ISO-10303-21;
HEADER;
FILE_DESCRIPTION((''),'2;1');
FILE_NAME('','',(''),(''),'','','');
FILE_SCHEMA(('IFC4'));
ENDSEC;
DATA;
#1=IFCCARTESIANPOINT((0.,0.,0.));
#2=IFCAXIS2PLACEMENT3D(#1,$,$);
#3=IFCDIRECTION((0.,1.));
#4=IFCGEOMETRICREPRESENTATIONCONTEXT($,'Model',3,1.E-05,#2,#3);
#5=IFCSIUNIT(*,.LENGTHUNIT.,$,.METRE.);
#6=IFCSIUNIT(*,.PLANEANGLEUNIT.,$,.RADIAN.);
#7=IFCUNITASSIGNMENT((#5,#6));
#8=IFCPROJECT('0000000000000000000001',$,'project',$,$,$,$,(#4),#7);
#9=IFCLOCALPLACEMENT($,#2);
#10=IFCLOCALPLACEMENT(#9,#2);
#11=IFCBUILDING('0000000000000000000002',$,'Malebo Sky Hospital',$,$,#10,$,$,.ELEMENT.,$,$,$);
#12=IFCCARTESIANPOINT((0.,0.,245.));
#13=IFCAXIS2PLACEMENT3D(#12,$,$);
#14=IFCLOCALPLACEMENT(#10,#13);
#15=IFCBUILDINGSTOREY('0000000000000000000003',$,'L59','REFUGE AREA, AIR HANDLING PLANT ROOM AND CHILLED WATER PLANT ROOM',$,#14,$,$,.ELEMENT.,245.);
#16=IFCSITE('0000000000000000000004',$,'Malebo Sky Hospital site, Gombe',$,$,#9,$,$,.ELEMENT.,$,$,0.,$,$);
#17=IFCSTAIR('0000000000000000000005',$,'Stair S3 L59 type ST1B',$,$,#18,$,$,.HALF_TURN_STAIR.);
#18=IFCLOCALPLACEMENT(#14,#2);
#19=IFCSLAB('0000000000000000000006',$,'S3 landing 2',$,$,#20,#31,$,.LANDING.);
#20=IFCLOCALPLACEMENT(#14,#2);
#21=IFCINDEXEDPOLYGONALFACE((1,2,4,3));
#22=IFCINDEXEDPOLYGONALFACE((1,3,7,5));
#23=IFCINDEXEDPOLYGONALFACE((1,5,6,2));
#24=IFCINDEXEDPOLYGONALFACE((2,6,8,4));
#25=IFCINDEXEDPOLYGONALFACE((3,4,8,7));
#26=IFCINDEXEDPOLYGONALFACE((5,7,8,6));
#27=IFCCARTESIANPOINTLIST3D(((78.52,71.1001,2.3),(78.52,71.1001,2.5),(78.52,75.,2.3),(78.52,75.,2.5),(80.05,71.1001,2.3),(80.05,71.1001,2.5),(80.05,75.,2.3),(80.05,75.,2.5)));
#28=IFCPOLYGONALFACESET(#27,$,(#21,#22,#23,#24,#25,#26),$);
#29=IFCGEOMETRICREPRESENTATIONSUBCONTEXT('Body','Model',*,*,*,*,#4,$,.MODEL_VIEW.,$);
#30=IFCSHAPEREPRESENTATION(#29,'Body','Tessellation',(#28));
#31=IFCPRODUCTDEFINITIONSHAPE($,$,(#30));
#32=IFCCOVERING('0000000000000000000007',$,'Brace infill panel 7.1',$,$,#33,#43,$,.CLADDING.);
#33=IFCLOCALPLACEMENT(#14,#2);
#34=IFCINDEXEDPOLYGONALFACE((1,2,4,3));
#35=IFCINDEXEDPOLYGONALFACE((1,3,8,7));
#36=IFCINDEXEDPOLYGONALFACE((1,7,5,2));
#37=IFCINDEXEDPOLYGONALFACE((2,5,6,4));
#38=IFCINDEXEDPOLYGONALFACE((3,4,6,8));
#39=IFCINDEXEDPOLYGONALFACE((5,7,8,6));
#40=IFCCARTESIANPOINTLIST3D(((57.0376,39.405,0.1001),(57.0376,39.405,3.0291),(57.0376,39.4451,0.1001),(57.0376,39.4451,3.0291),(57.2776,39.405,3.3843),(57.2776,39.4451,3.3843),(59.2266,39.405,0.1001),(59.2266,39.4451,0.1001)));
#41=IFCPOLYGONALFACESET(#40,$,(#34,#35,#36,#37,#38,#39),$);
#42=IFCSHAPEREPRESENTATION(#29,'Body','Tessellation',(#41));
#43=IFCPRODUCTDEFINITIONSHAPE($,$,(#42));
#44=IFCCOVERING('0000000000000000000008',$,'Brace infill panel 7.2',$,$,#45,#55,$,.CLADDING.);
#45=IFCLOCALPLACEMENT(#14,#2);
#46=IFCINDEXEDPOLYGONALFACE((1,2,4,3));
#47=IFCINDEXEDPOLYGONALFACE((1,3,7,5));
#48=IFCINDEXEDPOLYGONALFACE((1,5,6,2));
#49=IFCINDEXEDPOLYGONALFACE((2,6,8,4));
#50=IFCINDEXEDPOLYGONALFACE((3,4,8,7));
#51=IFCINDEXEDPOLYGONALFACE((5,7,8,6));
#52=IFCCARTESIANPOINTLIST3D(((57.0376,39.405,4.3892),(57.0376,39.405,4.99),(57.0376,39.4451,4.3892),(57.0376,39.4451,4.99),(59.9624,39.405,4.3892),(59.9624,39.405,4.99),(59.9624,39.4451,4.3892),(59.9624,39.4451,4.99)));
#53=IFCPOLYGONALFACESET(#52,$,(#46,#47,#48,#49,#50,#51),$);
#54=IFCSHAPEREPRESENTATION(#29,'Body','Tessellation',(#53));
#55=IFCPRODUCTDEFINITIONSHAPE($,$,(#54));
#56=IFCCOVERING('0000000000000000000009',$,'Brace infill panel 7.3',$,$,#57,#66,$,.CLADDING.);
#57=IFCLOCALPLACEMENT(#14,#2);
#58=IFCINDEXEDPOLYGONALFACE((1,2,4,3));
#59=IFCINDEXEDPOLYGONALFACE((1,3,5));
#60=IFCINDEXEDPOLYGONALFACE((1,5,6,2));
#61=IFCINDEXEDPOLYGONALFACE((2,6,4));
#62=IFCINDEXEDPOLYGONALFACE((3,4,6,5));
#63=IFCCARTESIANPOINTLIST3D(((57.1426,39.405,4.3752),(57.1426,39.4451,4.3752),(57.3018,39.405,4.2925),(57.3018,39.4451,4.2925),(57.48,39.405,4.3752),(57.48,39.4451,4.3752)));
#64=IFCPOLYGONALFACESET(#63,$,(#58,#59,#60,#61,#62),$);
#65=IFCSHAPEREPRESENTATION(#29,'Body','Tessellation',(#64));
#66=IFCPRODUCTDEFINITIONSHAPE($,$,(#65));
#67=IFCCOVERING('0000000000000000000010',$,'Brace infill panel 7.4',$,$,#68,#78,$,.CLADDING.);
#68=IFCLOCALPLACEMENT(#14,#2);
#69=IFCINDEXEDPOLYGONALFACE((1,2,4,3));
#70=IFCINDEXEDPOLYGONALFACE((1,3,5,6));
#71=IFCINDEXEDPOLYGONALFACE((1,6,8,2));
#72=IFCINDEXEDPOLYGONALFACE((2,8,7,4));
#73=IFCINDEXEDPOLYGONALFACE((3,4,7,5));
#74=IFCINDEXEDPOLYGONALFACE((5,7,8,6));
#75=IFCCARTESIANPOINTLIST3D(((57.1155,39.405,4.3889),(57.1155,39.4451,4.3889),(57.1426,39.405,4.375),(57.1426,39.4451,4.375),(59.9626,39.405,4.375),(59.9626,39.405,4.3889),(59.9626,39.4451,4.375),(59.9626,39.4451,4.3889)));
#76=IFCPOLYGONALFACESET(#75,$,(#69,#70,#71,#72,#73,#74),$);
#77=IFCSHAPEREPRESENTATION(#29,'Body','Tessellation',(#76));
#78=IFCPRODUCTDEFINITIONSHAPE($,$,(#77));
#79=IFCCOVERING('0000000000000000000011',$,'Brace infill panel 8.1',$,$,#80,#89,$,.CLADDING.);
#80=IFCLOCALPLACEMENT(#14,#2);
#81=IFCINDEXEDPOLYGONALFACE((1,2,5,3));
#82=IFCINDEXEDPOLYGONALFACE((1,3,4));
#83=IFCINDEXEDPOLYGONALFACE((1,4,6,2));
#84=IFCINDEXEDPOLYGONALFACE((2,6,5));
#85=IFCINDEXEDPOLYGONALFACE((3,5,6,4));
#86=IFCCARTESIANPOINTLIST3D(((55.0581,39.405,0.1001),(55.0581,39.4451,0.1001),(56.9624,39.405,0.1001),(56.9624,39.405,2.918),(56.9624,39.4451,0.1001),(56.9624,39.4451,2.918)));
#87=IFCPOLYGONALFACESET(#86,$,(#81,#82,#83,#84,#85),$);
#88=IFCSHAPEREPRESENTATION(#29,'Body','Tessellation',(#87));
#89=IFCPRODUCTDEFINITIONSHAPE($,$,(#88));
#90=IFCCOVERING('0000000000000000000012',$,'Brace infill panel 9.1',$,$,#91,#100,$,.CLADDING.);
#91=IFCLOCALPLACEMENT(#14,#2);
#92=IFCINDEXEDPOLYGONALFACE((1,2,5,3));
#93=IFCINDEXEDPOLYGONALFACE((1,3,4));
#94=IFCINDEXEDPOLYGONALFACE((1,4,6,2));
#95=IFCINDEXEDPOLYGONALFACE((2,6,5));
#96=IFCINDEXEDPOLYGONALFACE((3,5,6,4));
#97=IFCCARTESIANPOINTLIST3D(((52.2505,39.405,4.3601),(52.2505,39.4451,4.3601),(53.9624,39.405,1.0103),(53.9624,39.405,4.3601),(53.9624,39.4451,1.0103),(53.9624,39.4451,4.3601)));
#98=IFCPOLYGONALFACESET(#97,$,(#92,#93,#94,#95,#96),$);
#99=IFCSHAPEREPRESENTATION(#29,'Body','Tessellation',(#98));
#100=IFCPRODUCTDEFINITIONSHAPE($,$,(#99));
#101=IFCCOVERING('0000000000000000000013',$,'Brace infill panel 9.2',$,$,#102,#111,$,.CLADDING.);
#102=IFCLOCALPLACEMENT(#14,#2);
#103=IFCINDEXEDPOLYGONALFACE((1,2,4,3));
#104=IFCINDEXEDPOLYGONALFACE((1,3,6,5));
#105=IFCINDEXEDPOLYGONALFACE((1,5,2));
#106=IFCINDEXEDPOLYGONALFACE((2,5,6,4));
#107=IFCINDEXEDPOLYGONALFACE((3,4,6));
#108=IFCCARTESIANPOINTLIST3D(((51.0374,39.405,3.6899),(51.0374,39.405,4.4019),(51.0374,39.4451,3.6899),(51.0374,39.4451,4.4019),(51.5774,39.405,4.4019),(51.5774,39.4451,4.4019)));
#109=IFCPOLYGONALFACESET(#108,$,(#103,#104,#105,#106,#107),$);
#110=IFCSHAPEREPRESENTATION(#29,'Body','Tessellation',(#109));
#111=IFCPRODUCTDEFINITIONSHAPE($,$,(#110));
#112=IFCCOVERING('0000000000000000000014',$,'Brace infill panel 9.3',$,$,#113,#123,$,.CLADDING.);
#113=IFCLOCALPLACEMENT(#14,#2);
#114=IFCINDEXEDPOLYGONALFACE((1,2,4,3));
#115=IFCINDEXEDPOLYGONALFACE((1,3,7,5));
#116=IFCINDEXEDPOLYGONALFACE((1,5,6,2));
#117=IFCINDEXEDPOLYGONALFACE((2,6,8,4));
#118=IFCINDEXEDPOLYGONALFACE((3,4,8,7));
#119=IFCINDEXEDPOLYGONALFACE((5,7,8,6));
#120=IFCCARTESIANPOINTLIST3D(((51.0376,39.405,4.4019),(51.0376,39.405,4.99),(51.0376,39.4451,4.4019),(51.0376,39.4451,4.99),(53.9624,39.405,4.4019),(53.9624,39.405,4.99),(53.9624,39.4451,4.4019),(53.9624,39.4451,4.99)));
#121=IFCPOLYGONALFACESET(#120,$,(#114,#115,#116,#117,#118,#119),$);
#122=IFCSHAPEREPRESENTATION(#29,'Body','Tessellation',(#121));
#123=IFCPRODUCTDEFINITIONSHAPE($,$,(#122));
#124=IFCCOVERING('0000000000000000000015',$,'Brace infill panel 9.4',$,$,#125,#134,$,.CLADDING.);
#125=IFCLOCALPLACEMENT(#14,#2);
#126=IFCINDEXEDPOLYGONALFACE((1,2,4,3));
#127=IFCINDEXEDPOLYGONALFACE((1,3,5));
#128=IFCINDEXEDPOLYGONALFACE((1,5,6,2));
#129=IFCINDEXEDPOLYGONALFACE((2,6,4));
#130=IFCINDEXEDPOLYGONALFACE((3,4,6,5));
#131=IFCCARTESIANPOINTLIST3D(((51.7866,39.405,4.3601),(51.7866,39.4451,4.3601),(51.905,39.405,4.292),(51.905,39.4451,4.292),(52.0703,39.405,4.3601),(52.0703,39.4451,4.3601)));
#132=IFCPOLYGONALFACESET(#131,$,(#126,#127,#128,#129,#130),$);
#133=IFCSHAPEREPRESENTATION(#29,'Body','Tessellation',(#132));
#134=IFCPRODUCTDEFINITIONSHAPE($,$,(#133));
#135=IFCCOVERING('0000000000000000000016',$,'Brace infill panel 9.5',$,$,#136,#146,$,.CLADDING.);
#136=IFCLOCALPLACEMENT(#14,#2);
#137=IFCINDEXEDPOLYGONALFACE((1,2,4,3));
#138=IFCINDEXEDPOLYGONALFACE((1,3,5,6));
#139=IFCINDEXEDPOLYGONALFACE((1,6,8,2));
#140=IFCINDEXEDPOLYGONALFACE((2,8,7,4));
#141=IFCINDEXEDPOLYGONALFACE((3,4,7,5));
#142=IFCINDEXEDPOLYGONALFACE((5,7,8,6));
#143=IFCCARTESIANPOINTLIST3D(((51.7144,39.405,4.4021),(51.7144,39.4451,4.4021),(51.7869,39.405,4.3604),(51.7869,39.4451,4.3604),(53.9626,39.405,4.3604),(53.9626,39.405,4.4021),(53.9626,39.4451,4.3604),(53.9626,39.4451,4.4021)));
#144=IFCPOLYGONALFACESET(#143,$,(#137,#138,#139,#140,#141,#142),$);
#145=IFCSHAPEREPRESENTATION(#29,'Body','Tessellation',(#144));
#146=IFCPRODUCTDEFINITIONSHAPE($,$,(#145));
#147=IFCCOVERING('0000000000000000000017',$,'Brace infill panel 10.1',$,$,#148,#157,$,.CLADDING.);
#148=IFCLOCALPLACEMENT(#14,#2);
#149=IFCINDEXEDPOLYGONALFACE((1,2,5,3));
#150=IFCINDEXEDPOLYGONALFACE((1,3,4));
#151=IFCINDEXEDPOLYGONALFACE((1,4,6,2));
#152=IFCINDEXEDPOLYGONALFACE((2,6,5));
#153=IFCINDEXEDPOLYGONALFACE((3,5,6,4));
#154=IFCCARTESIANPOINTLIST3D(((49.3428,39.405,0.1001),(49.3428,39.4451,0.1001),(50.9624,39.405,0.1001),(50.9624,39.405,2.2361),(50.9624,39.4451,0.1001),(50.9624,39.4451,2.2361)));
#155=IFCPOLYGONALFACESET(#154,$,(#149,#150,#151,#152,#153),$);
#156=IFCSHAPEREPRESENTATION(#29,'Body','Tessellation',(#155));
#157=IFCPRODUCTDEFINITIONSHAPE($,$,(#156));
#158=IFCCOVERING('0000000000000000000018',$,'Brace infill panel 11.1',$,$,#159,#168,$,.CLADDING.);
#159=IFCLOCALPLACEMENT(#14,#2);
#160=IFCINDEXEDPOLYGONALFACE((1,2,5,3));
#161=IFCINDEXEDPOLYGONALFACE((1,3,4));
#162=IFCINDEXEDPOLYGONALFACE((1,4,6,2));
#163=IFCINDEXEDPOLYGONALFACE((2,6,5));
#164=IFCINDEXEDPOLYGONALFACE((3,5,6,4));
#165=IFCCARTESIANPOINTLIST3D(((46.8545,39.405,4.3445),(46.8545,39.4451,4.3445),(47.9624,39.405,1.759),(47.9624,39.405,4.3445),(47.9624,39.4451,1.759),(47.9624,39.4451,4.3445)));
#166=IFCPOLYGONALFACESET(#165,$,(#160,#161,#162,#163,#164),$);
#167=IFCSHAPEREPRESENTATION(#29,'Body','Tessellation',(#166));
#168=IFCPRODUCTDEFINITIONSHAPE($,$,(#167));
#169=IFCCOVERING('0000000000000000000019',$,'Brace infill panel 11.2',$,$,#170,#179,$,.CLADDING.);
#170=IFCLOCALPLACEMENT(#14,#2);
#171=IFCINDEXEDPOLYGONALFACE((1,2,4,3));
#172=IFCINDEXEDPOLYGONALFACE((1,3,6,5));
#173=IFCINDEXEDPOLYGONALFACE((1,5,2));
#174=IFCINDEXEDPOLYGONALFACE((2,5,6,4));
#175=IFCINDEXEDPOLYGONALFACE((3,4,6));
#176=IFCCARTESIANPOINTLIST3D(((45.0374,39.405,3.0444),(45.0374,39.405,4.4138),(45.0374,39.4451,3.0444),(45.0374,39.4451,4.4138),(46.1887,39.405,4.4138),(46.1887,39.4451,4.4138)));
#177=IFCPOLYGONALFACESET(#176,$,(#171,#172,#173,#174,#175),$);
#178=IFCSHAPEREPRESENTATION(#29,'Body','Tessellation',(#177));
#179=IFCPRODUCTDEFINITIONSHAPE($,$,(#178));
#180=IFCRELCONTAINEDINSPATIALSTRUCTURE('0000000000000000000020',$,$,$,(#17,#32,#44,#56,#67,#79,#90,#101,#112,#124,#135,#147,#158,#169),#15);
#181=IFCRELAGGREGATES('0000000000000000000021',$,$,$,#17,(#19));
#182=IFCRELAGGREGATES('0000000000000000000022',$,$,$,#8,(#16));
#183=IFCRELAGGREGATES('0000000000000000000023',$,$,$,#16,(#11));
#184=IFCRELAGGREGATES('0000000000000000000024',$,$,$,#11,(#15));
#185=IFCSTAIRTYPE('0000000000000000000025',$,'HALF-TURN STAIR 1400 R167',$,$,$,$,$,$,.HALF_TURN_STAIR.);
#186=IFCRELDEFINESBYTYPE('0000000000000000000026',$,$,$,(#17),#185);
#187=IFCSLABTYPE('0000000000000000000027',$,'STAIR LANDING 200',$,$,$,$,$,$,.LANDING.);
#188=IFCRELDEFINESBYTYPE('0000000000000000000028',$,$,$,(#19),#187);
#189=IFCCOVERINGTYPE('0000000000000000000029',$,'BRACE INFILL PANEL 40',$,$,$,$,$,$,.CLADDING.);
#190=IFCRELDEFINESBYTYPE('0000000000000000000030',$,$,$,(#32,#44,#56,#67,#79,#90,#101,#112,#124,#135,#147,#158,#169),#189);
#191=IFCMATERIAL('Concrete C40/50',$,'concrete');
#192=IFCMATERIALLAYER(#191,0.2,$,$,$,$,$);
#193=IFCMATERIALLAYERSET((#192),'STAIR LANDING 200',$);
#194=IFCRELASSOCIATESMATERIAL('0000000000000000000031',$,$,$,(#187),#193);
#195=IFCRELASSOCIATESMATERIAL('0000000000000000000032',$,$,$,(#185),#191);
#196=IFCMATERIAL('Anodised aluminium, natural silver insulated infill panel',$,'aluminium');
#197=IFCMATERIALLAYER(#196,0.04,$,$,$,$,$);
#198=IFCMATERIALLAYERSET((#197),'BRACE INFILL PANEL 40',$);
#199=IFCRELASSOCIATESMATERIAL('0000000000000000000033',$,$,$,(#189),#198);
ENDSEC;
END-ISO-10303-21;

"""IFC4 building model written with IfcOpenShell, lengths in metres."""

from ifc_helpers import new_model, si_unit, direction, frame, origin, place, context, subcontext, project, spatial, polyline, outline, extrude, material, layer, layer_set, type_object, element, aggregate, save


model = new_model("IFC4")

# Units and contexts
model_context = context("Model", 3, precision=1e-05, world=origin(), true_north=direction((0.0, 1.0)))
body_context = subcontext(model_context, "Body", "Model", "MODEL_VIEW")
ifc_project = project(units=[si_unit("LENGTHUNIT", "METRE"), si_unit("PLANEANGLEUNIT", "RADIAN")], contexts=[model_context])

# Site, building, storey
site_placement = place(None, origin())
site = spatial("IfcSite", under=ifc_project, at=site_placement, Name="Malebo Sky Hospital site, Gombe", CompositionType="ELEMENT", RefElevation=0.0)
building_placement = place(site_placement, origin())
building = spatial("IfcBuilding", under=site, at=building_placement, Name="Malebo Sky Hospital", CompositionType="ELEMENT")
storey_placement = place(building_placement, frame((0.0, 0.0, 245.0)))
storey = spatial("IfcBuildingStorey", under=building, at=storey_placement, Name="L59", Description="REFUGE AREA, AIR HANDLING PLANT ROOM AND CHILLED WATER PLANT ROOM", CompositionType="ELEMENT", Elevation=245.0)

# Stair, slab
ifc_material_1 = material(Name="Concrete C40/50", Category="concrete")
ifc_layer_1 = layer(ifc_material_1, 0.2)
ifc_layer_set_1 = layer_set([ifc_layer_1], Name="STAIR LANDING 200")
slab_type = type_object("IfcSlabType", Name="STAIR LANDING 200", PredefinedType="LANDING", material=ifc_layer_set_1)
stair_type_1 = type_object("IfcStairType", Name="HALF-TURN STAIR 1400 R167", PredefinedType="HALF_TURN_STAIR", material=ifc_material_1)
stair_1_placement = place(storey_placement, origin())
stair_1 = element("IfcStair", 1, at=stair_1_placement, inside=storey, type_object=stair_type_1, Name="Stair S3 L59 type ST1B", PredefinedType="HALF_TURN_STAIR")
slab_1_placement = place(storey_placement, frame((0.0, 0.0, 2.3)))
slab_1 = element("IfcSlab", 2, at=slab_1_placement, type_object=slab_type, Name="S3 landing 2", PredefinedType="LANDING", context=body_context, shape_type="SweptSolid", body=[
    extrude(outline(polyline([(78.52, 71.1001), (78.52, 75.0), (80.05, 75.0), (80.05, 71.1001), (78.52, 71.1001)])), origin(), (0.0, 0.0, 1.0), 0.2),
])
aggregate(stair_1, [slab_1])

# Coverings
ifc_material_2 = material(Name="Anodised aluminium, natural silver insulated infill panel", Category="aluminium")
ifc_layer_2 = layer(ifc_material_2, 0.04)
ifc_layer_set_2 = layer_set([ifc_layer_2], Name="BRACE INFILL PANEL 40")
covering_type = type_object("IfcCoveringType", Name="BRACE INFILL PANEL 40", PredefinedType="CLADDING", material=ifc_layer_set_2)
covering_1_placement = place(storey_placement, frame((58.1321, 39.425, 0.1001), z_axis=(0.0, 0.0, 1.0), x_axis=(-1.0, 0.0, 0.0)))
element("IfcCovering", 3, at=covering_1_placement, inside=storey, type_object=covering_type, Name="Brace infill panel 7.1", PredefinedType="CLADDING", context=body_context, shape_type="SweptSolid", body=[
    extrude(outline(polyline([(-1.0945, 0.0), (1.0945, 0.0), (1.0945, 2.929), (0.8545, 3.2842), (-1.0945, 0.0)])), frame((0.0, 0.02, 0.0), z_axis=(0.0, -1.0, 0.0), x_axis=(1.0, 0.0, 0.0)), (0.0, 0.0, 1.0), 0.04),
])
covering_2_placement = place(storey_placement, frame((58.5, 39.425, 4.3892), z_axis=(0.0, 0.0, 1.0), x_axis=(-1.0, 0.0, 0.0)))
element("IfcCovering", 4, at=covering_2_placement, inside=storey, type_object=covering_type, Name="Brace infill panel 7.2", PredefinedType="CLADDING", context=body_context, shape_type="SweptSolid", body=[
    extrude(outline(polyline([(-1.4624, 0.0), (1.4624, 0.0), (1.4624, 0.6008), (-1.4624, 0.6008), (-1.4624, 0.0)])), frame((0.0, 0.02, 0.0), z_axis=(0.0, -1.0, 0.0), x_axis=(1.0, 0.0, 0.0)), (0.0, 0.0, 1.0), 0.04),
])
covering_3_placement = place(storey_placement, frame((57.3113, 39.425, 4.2925), z_axis=(0.0, 0.0, 1.0), x_axis=(-1.0, 0.0, 0.0)))
element("IfcCovering", 5, at=covering_3_placement, inside=storey, type_object=covering_type, Name="Brace infill panel 7.3", PredefinedType="CLADDING", context=body_context, shape_type="SweptSolid", body=[
    extrude(outline(polyline([(0.0095, 0.0), (0.1687, 0.0828), (-0.1687, 0.0828), (0.0095, 0.0)])), frame((0.0, 0.02, 0.0), z_axis=(0.0, -1.0, 0.0), x_axis=(1.0, 0.0, 0.0)), (0.0, 0.0, 1.0), 0.04),
])
covering_4_placement = place(storey_placement, frame((58.5391, 39.425, 4.375), z_axis=(0.0, 0.0, 1.0), x_axis=(-1.0, 0.0, 0.0)))
element("IfcCovering", 6, at=covering_4_placement, inside=storey, type_object=covering_type, Name="Brace infill panel 7.4", PredefinedType="CLADDING", context=body_context, shape_type="SweptSolid", body=[
    extrude(outline(polyline([(-1.4236, 0.0), (1.3965, 0.0), (1.4236, 0.0139), (-1.4236, 0.0139), (-1.4236, 0.0)])), frame((0.0, 0.02, 0.0), z_axis=(0.0, -1.0, 0.0), x_axis=(1.0, 0.0, 0.0)), (0.0, 0.0, 1.0), 0.04),
])
covering_5_placement = place(storey_placement, frame((56.0103, 39.425, 0.1001), z_axis=(0.0, 0.0, 1.0), x_axis=(-1.0, 0.0, 0.0)))
element("IfcCovering", 7, at=covering_5_placement, inside=storey, type_object=covering_type, Name="Brace infill panel 8.1", PredefinedType="CLADDING", context=body_context, shape_type="SweptSolid", body=[
    extrude(outline(polyline([(-0.9521, 0.0), (0.9521, 0.0), (-0.9521, 2.8179), (-0.9521, 0.0)])), frame((0.0, 0.02, 0.0), z_axis=(0.0, -1.0, 0.0), x_axis=(1.0, 0.0, 0.0)), (0.0, 0.0, 1.0), 0.04),
])
covering_6_placement = place(storey_placement, frame((53.1064, 39.425, 1.0103), z_axis=(0.0, 0.0, 1.0), x_axis=(-1.0, 0.0, 0.0)))
element("IfcCovering", 8, at=covering_6_placement, inside=storey, type_object=covering_type, Name="Brace infill panel 9.1", PredefinedType="CLADDING", context=body_context, shape_type="SweptSolid", body=[
    extrude(outline(polyline([(-0.856, 0.0), (0.856, 3.3499), (-0.856, 3.3499), (-0.856, 0.0)])), frame((0.0, 0.02, 0.0), z_axis=(0.0, -1.0, 0.0), x_axis=(1.0, 0.0, 0.0)), (0.0, 0.0, 1.0), 0.04),
])
covering_7_placement = place(storey_placement, frame((51.3074, 39.425, 3.6899), z_axis=(0.0, 0.0, 1.0), x_axis=(-1.0, 0.0, 0.0)))
element("IfcCovering", 9, at=covering_7_placement, inside=storey, type_object=covering_type, Name="Brace infill panel 9.2", PredefinedType="CLADDING", context=body_context, shape_type="SweptSolid", body=[
    extrude(outline(polyline([(0.27, 0.0), (0.27, 0.7119), (-0.27, 0.7119), (0.27, 0.0)])), frame((0.0, 0.02, 0.0), z_axis=(0.0, -1.0, 0.0), x_axis=(1.0, 0.0, 0.0)), (0.0, 0.0, 1.0), 0.04),
])
covering_8_placement = place(storey_placement, frame((52.5, 39.425, 4.4019), z_axis=(0.0, 0.0, 1.0), x_axis=(-1.0, 0.0, 0.0)))
element("IfcCovering", 10, at=covering_8_placement, inside=storey, type_object=covering_type, Name="Brace infill panel 9.3", PredefinedType="CLADDING", context=body_context, shape_type="SweptSolid", body=[
    extrude(outline(polyline([(-1.4624, 0.0), (1.4624, 0.0), (1.4624, 0.5881), (-1.4624, 0.5881), (-1.4624, 0.0)])), frame((0.0, 0.02, 0.0), z_axis=(0.0, -1.0, 0.0), x_axis=(1.0, 0.0, 0.0)), (0.0, 0.0, 1.0), 0.04),
])
covering_9_placement = place(storey_placement, frame((51.9285, 39.425, 4.292), z_axis=(0.0, 0.0, 1.0), x_axis=(-1.0, 0.0, 0.0)))
element("IfcCovering", 11, at=covering_9_placement, inside=storey, type_object=covering_type, Name="Brace infill panel 9.4", PredefinedType="CLADDING", context=body_context, shape_type="SweptSolid", body=[
    extrude(outline(polyline([(0.0234, 0.0), (0.1418, 0.0681), (-0.1418, 0.0681), (0.0234, 0.0)])), frame((0.0, 0.02, 0.0), z_axis=(0.0, -1.0, 0.0), x_axis=(1.0, 0.0, 0.0)), (0.0, 0.0, 1.0), 0.04),
])
covering_10_placement = place(storey_placement, frame((52.8384, 39.425, 4.3604), z_axis=(0.0, 0.0, 1.0), x_axis=(-1.0, 0.0, 0.0)))
element("IfcCovering", 12, at=covering_10_placement, inside=storey, type_object=covering_type, Name="Brace infill panel 9.5", PredefinedType="CLADDING", context=body_context, shape_type="SweptSolid", body=[
    extrude(outline(polyline([(-1.1243, 0.0), (1.0515, 0.0), (1.124, 0.0417), (-1.1243, 0.0417), (-1.1243, 0.0)])), frame((0.0, 0.02, 0.0), z_axis=(0.0, -1.0, 0.0), x_axis=(1.0, 0.0, 0.0)), (0.0, 0.0, 1.0), 0.04),
])
covering_11_placement = place(storey_placement, frame((50.1526, 39.425, 0.1001), z_axis=(0.0, 0.0, 1.0), x_axis=(-1.0, 0.0, 0.0)))
element("IfcCovering", 13, at=covering_11_placement, inside=storey, type_object=covering_type, Name="Brace infill panel 10.1", PredefinedType="CLADDING", context=body_context, shape_type="SweptSolid", body=[
    extrude(outline(polyline([(-0.8098, 0.0), (0.8098, 0.0), (-0.8098, 2.136), (-0.8098, 0.0)])), frame((0.0, 0.02, 0.0), z_axis=(0.0, -1.0, 0.0), x_axis=(1.0, 0.0, 0.0)), (0.0, 0.0, 1.0), 0.04),
])
covering_12_placement = place(storey_placement, frame((47.4084, 39.425, 1.759), z_axis=(0.0, 0.0, 1.0), x_axis=(-1.0, 0.0, 0.0)))
element("IfcCovering", 14, at=covering_12_placement, inside=storey, type_object=covering_type, Name="Brace infill panel 11.1", PredefinedType="CLADDING", context=body_context, shape_type="SweptSolid", body=[
    extrude(outline(polyline([(-0.554, 0.0), (0.554, 2.5854), (-0.554, 2.5854), (-0.554, 0.0)])), frame((0.0, 0.02, 0.0), z_axis=(0.0, -1.0, 0.0), x_axis=(1.0, 0.0, 0.0)), (0.0, 0.0, 1.0), 0.04),
])
covering_13_placement = place(storey_placement, frame((45.613, 39.425, 3.0444), z_axis=(0.0, 0.0, 1.0), x_axis=(-1.0, 0.0, 0.0)))
element("IfcCovering", 15, at=covering_13_placement, inside=storey, type_object=covering_type, Name="Brace infill panel 11.2", PredefinedType="CLADDING", context=body_context, shape_type="SweptSolid", body=[
    extrude(outline(polyline([(0.5757, 0.0), (0.5757, 1.3694), (-0.5757, 1.3694), (0.5757, 0.0)])), frame((0.0, 0.02, 0.0), z_axis=(0.0, -1.0, 0.0), x_axis=(1.0, 0.0, 0.0)), (0.0, 0.0, 1.0), 0.04),
])

save(model, "model.ifc")
